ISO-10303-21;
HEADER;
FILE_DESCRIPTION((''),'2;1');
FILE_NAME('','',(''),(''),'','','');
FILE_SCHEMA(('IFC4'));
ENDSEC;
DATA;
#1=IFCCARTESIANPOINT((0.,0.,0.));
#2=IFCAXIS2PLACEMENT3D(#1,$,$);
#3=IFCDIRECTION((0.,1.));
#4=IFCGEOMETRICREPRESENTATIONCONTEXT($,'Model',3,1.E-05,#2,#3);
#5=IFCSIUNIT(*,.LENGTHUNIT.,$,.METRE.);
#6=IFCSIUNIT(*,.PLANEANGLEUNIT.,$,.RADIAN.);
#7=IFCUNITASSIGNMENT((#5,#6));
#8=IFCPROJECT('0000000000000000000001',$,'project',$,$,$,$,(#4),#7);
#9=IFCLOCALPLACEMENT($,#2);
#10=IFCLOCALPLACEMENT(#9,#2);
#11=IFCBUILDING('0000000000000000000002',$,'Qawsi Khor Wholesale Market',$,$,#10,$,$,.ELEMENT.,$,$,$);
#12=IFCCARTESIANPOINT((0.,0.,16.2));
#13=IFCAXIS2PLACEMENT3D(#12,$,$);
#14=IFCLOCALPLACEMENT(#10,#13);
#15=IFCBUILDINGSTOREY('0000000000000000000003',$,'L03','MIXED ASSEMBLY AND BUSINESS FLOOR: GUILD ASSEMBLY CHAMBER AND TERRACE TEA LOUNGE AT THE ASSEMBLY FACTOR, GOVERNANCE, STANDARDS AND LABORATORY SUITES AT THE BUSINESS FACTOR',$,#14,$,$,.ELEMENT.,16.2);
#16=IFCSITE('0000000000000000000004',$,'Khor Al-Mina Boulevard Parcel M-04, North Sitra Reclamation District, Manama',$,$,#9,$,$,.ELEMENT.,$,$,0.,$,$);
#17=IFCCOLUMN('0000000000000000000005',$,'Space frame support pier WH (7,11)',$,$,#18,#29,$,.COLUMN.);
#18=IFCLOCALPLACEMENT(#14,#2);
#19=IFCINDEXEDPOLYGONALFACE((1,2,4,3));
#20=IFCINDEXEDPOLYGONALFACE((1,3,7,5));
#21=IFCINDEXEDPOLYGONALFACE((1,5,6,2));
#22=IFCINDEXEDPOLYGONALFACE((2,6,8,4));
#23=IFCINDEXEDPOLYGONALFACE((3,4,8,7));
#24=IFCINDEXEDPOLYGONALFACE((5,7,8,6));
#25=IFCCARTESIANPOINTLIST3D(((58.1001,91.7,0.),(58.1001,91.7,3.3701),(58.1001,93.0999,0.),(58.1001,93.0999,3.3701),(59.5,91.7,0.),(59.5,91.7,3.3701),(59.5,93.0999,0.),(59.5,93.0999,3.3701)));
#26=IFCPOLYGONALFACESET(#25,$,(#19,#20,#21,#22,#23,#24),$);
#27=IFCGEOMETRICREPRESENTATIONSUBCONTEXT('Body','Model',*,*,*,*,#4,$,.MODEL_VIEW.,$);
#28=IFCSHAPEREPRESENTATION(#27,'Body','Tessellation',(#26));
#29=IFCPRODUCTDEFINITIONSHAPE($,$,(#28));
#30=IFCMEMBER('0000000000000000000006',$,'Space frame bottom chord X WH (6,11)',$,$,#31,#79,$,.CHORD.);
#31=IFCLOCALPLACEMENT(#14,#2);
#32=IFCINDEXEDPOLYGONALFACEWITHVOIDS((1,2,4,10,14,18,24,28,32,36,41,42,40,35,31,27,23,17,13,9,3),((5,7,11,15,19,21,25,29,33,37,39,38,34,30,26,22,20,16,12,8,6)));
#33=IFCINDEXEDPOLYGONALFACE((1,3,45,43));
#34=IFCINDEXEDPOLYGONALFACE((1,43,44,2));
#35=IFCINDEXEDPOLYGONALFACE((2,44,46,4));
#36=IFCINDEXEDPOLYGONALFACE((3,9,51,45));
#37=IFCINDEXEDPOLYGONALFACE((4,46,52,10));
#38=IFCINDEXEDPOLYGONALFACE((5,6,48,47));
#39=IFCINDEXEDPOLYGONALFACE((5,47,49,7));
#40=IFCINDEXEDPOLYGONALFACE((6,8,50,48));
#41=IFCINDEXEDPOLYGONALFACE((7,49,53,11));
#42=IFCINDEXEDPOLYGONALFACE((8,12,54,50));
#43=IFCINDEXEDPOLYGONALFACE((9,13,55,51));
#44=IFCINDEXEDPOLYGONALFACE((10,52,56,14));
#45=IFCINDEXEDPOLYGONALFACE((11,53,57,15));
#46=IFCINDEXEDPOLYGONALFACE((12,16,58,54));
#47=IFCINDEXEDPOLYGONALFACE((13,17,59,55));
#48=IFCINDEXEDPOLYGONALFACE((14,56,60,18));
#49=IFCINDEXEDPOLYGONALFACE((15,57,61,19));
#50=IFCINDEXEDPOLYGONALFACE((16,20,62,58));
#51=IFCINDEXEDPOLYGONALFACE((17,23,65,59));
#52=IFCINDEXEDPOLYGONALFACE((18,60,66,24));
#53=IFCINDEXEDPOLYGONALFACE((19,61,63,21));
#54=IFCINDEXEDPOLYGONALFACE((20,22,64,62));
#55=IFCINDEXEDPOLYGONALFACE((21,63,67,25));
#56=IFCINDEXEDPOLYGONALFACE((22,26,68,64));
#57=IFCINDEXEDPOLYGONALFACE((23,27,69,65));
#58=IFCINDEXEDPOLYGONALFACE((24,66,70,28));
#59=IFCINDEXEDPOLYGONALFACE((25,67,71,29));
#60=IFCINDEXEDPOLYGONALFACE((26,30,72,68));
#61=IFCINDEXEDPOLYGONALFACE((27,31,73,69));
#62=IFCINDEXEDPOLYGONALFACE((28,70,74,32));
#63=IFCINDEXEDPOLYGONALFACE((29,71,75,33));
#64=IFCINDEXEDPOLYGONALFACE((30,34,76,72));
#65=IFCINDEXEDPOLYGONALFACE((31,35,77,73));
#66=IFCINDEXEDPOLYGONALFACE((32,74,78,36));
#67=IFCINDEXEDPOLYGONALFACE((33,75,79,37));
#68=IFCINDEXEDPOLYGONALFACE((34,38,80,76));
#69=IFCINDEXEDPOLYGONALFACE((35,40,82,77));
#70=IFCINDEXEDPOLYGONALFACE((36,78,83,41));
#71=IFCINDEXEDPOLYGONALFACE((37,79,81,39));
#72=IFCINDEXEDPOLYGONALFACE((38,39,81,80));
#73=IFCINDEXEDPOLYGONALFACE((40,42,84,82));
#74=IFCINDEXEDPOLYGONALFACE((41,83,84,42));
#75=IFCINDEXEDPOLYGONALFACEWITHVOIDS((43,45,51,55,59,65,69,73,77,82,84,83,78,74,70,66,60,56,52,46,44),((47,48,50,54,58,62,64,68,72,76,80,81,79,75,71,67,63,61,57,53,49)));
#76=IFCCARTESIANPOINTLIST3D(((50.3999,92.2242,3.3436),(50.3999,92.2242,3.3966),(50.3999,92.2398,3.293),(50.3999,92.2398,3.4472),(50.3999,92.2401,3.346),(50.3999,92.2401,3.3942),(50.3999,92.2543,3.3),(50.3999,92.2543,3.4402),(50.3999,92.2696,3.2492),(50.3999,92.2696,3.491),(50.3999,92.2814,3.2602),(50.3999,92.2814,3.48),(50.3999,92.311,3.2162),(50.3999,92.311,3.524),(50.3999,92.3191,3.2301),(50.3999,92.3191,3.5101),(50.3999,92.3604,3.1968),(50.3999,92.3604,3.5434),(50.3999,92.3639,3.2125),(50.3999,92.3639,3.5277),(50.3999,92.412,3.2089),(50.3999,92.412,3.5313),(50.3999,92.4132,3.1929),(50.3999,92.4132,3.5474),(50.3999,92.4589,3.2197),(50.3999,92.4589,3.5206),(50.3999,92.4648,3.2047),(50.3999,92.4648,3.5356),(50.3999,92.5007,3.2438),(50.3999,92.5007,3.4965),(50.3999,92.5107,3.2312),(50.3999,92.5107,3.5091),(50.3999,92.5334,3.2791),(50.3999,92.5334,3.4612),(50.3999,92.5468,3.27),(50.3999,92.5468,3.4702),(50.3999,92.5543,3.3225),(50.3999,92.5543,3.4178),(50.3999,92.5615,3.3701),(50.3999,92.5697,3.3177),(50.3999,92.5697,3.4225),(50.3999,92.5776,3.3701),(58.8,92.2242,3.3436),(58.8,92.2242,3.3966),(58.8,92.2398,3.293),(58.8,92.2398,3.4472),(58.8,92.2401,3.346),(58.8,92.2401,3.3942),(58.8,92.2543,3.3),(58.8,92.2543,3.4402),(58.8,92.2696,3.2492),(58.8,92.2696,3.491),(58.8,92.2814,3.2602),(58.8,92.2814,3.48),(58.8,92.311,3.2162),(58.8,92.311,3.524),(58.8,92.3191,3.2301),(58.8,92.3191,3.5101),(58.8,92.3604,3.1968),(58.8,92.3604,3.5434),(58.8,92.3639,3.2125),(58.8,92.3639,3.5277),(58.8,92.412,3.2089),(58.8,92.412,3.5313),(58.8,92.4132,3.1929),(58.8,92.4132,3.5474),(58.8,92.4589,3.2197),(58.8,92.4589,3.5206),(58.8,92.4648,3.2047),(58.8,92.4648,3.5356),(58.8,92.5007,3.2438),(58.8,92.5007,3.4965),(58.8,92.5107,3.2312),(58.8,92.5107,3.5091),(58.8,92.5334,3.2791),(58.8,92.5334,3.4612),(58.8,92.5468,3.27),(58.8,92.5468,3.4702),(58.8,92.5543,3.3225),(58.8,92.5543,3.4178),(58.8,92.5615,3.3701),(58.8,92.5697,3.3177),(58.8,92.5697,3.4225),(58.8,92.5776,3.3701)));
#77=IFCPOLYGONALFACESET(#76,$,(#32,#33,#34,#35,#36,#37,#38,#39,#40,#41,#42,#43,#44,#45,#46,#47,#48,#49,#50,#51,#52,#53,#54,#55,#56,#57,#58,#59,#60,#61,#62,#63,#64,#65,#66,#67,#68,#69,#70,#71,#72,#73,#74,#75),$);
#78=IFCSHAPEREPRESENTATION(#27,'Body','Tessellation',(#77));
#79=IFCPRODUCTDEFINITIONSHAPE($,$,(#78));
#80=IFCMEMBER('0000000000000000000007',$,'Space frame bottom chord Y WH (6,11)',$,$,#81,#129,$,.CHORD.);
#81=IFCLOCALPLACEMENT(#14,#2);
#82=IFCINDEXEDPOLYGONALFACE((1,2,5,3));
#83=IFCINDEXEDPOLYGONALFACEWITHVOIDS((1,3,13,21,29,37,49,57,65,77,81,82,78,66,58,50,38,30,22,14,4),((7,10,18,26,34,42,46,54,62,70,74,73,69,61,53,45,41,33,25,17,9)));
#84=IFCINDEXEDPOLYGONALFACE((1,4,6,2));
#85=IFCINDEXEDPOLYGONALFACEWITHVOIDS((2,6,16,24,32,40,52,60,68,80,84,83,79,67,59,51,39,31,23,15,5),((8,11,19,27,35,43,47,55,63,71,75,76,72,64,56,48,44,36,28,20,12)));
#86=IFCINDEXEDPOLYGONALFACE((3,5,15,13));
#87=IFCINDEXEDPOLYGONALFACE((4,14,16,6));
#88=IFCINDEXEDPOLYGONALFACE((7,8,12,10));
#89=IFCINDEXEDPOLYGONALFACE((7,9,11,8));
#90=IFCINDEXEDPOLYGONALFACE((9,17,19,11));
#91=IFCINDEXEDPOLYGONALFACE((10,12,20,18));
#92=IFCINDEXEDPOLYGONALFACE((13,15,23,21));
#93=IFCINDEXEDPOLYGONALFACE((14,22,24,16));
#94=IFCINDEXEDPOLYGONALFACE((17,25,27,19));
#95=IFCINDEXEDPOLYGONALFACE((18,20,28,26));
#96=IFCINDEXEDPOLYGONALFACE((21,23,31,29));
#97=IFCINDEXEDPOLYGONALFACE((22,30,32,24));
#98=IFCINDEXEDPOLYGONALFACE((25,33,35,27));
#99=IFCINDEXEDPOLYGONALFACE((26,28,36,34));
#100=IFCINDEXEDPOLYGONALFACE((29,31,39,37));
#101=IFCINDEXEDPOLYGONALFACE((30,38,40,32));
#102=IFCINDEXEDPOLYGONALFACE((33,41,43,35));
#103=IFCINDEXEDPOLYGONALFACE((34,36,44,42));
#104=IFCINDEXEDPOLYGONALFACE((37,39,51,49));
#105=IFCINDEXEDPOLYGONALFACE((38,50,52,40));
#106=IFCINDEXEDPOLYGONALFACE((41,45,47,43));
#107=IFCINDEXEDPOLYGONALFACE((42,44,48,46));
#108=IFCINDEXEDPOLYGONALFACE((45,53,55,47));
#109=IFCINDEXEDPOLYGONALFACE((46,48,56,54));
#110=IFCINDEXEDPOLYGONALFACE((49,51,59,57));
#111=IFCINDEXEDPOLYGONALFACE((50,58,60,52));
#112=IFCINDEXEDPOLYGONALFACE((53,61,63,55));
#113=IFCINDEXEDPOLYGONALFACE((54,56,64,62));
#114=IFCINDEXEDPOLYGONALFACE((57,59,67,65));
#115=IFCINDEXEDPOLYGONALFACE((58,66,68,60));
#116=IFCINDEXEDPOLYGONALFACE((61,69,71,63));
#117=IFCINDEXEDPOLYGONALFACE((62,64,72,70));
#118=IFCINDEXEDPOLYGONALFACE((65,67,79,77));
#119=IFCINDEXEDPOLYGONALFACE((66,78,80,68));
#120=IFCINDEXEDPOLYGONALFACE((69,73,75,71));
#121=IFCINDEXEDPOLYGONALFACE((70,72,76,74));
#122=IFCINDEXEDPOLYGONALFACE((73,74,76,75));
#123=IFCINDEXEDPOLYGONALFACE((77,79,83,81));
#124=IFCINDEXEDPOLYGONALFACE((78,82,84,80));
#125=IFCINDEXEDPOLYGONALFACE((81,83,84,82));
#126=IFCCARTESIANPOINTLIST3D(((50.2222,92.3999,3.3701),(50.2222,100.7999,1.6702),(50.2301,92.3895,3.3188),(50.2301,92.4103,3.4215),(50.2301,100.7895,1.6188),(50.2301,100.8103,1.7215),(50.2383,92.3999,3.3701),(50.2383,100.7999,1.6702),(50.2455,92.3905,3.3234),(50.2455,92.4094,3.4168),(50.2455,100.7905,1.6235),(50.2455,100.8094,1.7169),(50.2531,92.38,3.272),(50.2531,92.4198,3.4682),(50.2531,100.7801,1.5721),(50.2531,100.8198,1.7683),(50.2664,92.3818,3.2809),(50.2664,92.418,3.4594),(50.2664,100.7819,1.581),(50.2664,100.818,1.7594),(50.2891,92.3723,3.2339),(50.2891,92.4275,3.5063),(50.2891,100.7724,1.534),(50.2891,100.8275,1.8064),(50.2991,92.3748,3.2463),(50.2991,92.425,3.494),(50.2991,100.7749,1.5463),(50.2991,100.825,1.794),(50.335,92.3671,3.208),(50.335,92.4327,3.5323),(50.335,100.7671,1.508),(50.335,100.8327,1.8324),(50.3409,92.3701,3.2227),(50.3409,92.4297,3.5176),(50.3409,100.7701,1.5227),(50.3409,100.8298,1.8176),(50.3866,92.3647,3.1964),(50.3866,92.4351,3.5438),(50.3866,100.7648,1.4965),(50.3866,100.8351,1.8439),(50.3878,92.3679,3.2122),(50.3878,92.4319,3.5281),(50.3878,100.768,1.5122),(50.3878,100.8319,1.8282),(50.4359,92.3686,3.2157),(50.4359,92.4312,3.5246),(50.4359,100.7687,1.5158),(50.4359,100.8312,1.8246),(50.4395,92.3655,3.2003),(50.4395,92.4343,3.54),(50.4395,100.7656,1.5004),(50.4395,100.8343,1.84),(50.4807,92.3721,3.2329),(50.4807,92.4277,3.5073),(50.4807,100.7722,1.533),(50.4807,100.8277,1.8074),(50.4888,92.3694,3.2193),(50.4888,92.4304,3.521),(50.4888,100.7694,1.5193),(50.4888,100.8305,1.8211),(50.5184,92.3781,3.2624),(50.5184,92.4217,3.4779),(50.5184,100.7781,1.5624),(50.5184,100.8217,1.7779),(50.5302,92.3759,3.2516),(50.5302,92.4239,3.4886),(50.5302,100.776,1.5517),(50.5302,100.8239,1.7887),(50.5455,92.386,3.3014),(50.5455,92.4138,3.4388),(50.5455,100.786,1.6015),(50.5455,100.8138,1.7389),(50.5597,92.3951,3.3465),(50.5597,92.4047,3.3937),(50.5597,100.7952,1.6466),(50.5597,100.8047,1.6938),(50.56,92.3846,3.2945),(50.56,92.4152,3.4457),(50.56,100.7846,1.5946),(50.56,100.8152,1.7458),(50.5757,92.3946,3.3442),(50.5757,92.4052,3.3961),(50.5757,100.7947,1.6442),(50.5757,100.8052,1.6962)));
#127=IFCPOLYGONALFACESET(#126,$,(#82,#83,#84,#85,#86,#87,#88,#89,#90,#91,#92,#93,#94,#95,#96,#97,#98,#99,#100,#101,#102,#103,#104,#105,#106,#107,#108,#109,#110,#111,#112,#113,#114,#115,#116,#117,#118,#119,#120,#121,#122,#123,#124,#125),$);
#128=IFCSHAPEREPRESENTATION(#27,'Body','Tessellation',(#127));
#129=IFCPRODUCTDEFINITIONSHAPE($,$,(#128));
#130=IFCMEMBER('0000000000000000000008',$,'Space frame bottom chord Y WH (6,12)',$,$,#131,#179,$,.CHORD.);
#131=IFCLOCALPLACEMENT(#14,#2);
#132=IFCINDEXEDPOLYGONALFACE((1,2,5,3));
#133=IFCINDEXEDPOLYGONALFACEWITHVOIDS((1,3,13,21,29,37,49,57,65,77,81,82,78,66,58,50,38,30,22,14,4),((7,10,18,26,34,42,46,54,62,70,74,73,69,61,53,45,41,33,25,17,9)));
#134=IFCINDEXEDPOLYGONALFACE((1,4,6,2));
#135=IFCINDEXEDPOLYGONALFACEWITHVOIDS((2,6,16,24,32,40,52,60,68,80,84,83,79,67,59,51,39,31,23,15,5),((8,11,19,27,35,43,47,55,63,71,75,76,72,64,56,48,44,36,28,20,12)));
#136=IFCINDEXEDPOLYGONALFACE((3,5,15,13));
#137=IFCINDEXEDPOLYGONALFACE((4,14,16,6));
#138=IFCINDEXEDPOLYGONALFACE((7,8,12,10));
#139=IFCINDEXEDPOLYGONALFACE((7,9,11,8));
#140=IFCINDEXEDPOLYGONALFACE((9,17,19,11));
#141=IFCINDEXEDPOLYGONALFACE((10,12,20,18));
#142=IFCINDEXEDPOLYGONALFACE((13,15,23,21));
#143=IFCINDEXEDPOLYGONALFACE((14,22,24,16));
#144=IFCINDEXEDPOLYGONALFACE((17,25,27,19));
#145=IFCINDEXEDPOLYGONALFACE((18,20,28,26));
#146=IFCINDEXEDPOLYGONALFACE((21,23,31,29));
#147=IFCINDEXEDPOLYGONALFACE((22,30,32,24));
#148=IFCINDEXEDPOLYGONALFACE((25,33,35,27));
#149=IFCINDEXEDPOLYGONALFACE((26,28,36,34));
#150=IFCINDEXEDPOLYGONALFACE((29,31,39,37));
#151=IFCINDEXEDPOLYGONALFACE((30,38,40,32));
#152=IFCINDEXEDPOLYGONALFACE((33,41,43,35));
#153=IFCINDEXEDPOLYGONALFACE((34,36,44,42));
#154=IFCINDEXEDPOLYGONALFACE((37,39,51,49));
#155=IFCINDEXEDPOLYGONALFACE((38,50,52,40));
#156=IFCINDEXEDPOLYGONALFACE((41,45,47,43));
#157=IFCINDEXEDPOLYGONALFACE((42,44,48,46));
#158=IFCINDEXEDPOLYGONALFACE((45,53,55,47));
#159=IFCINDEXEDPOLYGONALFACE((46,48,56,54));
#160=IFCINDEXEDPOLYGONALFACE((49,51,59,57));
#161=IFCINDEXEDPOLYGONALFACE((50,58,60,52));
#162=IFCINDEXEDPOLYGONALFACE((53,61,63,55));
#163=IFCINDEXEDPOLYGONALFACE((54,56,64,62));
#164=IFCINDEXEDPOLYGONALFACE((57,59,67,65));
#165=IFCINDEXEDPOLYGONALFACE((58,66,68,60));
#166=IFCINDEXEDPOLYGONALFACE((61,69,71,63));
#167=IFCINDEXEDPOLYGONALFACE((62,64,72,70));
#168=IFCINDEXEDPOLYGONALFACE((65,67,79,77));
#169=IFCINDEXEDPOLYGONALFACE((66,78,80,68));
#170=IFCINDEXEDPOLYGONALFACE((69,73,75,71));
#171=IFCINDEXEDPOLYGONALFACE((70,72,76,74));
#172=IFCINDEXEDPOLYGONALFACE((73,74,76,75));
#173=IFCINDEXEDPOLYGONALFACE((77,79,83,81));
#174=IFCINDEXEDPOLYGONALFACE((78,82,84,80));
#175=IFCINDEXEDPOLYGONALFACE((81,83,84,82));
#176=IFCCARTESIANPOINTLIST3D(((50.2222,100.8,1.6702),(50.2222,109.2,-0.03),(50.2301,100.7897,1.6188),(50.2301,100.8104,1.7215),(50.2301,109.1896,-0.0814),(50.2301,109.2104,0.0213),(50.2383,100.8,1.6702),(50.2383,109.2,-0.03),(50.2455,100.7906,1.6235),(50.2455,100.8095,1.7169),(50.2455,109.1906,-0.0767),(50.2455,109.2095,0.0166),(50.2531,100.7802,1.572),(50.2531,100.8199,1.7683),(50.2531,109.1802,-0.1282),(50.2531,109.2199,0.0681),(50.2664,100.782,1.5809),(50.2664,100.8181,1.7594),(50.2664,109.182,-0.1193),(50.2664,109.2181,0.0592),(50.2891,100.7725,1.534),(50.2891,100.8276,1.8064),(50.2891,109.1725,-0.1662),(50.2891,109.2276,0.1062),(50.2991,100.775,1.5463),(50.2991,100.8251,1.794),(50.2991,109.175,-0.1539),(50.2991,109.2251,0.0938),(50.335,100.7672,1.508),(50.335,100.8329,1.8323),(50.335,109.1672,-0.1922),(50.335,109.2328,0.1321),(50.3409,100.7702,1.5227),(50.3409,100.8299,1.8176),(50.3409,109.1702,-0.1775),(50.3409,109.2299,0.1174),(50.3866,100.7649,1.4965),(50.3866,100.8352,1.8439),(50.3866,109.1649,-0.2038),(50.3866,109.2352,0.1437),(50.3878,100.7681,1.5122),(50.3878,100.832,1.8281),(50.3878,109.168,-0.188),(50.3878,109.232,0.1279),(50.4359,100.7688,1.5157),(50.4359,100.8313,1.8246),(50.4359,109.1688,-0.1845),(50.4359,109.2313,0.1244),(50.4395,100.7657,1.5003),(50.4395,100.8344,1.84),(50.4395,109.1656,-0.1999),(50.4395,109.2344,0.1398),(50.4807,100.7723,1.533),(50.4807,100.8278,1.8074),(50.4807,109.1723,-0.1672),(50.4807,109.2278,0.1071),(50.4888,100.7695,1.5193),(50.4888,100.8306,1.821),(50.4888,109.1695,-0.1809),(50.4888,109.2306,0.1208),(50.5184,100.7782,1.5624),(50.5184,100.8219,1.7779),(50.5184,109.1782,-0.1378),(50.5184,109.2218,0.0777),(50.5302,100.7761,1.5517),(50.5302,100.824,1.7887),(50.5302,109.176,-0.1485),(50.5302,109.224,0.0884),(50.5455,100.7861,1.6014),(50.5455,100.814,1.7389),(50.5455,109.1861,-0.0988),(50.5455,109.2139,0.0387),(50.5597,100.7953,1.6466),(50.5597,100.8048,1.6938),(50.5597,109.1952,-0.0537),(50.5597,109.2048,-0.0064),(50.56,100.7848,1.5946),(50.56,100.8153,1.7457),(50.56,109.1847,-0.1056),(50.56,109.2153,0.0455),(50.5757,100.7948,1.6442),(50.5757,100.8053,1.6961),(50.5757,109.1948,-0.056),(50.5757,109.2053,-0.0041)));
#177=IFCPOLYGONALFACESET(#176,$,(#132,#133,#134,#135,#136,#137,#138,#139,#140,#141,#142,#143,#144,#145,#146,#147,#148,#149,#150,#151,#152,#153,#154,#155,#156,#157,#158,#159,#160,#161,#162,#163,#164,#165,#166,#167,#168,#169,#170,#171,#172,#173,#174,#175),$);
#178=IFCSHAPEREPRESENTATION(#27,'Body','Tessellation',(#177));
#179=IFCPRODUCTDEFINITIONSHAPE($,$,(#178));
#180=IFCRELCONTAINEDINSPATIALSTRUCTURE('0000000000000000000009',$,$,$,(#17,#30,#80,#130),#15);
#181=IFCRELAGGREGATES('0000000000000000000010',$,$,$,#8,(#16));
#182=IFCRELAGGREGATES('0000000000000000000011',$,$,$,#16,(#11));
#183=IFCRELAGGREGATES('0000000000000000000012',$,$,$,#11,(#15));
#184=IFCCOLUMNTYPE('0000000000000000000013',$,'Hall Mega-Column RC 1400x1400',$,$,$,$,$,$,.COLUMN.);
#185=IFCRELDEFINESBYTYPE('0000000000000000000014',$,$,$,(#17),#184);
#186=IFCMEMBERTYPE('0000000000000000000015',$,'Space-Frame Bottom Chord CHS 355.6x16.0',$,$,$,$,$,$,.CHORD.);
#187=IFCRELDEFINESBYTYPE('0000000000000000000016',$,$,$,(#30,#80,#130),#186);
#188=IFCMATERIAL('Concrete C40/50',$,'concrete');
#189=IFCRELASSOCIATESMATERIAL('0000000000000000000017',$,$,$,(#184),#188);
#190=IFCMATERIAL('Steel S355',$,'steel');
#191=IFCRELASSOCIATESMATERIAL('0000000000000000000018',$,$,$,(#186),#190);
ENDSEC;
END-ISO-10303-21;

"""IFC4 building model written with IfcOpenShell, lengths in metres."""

from ifc_helpers import new_model, si_unit, direction, frame, origin, origin_2d, place, context, subcontext, project, spatial, rectangle, hollow_circle, extrude, material, material_profile, profile_set, type_object, element, save


model = new_model("IFC4")

# Units and contexts
model_context = context("Model", 3, precision=1e-05, world=origin(), true_north=direction((0.0, 1.0)))
body_context = subcontext(model_context, "Body", "Model", "MODEL_VIEW")
ifc_project = project(units=[si_unit("LENGTHUNIT", "METRE"), si_unit("PLANEANGLEUNIT", "RADIAN")], contexts=[model_context])

# Site, building, storey
site_placement = place(None, origin())
site = spatial("IfcSite", under=ifc_project, at=site_placement, Name="Khor Al-Mina Boulevard Parcel M-04, North Sitra Reclamation District, Manama", CompositionType="ELEMENT", RefElevation=0.0)
building_placement = place(site_placement, origin())
building = spatial("IfcBuilding", under=site, at=building_placement, Name="Qawsi Khor Wholesale Market", CompositionType="ELEMENT")
storey_placement = place(building_placement, frame((0.0, 0.0, 16.2)))
storey = spatial("IfcBuildingStorey", under=building, at=storey_placement, Name="L03", Description="MIXED ASSEMBLY AND BUSINESS FLOOR: GUILD ASSEMBLY CHAMBER AND TERRACE TEA LOUNGE AT THE ASSEMBLY FACTOR, GOVERNANCE, STANDARDS AND LABORATORY SUITES AT THE BUSINESS FACTOR", CompositionType="ELEMENT", Elevation=16.2)

# Column
ifc_material_1 = material(Name="Concrete C40/50", Category="concrete")
ifc_material_profile_1 = material_profile(ifc_material_1, rectangle(XDim=1.3999, YDim=1.3999, at=origin_2d()), Name="RC 1400x1400")
ifc_profile_set_1 = profile_set([ifc_material_profile_1], Name="Concrete C40/50")
column_type = type_object("IfcColumnType", Name="Hall Mega-Column RC 1400x1400", PredefinedType="COLUMN", material=ifc_profile_set_1)
column_placement = place(storey_placement, frame((58.8, 92.3999, 0.0), z_axis=(0.0, 0.0, 1.0), x_axis=(1.0, 0.0, 0.0)))
element("IfcColumn", 1, at=column_placement, inside=storey, type_object=column_type, Name="Space frame support pier WH (7,11)", PredefinedType="COLUMN", context=body_context, shape_type="SweptSolid", body=[
    extrude(rectangle(XDim=1.3999, YDim=1.3999, at=origin_2d()), origin(), (0.0, 0.0, 1.0), 3.3701),
])

# Members
ifc_material_2 = material(Name="Steel S355", Category="steel")
ifc_material_profile_2 = material_profile(ifc_material_2, hollow_circle(Radius=0.1777, WallThickness=0.0161, at=origin_2d()), Name="CHS 355.6x16.0")
ifc_profile_set_2 = profile_set([ifc_material_profile_2], Name="Steel S355")
member_type_1 = type_object("IfcMemberType", Name="Space-Frame Bottom Chord CHS 355.6x16.0", PredefinedType="CHORD", material=ifc_profile_set_2)
member_1_placement = place(storey_placement, frame((50.3999, 92.3999, 3.3701), z_axis=(1.0, 0.0, 0.0), x_axis=(0.0, 1.0, 0.0)))
element("IfcMember", 2, at=member_1_placement, inside=storey, type_object=member_type_1, Name="Space frame bottom chord X WH (6,11)", PredefinedType="CHORD", context=body_context, shape_type="SweptSolid", body=[
    extrude(hollow_circle(Radius=0.1777, WallThickness=0.0161, at=origin_2d()), origin(), (0.0, 0.0, 1.0), 8.4001),
])
for number, where, z_axis, x_axis, name in (
    (3, (50.3999, 92.3999, 3.3701), (0.0, 0.980131, -0.198351), (-1.0, 0.0, 0.0), "Space frame bottom chord Y WH (6,11)"),
    (4, (50.3999, 100.8, 1.6702), (0.0, 0.980124, -0.198384), (-1.0, 0.0, 0.0), "Space frame bottom chord Y WH (6,12)"),
):
    element("IfcMember", number, at=place(storey_placement, frame(where, z_axis=z_axis, x_axis=x_axis)), inside=storey, type_object=member_type_1, Name=name, PredefinedType="CHORD", context=body_context, shape_type="SweptSolid", body=[
        extrude(hollow_circle(Radius=0.1777, WallThickness=0.0161, at=origin_2d()), origin(), (0.0, 0.0, 1.0), 8.5703),
    ])

save(model, "model.ifc")
